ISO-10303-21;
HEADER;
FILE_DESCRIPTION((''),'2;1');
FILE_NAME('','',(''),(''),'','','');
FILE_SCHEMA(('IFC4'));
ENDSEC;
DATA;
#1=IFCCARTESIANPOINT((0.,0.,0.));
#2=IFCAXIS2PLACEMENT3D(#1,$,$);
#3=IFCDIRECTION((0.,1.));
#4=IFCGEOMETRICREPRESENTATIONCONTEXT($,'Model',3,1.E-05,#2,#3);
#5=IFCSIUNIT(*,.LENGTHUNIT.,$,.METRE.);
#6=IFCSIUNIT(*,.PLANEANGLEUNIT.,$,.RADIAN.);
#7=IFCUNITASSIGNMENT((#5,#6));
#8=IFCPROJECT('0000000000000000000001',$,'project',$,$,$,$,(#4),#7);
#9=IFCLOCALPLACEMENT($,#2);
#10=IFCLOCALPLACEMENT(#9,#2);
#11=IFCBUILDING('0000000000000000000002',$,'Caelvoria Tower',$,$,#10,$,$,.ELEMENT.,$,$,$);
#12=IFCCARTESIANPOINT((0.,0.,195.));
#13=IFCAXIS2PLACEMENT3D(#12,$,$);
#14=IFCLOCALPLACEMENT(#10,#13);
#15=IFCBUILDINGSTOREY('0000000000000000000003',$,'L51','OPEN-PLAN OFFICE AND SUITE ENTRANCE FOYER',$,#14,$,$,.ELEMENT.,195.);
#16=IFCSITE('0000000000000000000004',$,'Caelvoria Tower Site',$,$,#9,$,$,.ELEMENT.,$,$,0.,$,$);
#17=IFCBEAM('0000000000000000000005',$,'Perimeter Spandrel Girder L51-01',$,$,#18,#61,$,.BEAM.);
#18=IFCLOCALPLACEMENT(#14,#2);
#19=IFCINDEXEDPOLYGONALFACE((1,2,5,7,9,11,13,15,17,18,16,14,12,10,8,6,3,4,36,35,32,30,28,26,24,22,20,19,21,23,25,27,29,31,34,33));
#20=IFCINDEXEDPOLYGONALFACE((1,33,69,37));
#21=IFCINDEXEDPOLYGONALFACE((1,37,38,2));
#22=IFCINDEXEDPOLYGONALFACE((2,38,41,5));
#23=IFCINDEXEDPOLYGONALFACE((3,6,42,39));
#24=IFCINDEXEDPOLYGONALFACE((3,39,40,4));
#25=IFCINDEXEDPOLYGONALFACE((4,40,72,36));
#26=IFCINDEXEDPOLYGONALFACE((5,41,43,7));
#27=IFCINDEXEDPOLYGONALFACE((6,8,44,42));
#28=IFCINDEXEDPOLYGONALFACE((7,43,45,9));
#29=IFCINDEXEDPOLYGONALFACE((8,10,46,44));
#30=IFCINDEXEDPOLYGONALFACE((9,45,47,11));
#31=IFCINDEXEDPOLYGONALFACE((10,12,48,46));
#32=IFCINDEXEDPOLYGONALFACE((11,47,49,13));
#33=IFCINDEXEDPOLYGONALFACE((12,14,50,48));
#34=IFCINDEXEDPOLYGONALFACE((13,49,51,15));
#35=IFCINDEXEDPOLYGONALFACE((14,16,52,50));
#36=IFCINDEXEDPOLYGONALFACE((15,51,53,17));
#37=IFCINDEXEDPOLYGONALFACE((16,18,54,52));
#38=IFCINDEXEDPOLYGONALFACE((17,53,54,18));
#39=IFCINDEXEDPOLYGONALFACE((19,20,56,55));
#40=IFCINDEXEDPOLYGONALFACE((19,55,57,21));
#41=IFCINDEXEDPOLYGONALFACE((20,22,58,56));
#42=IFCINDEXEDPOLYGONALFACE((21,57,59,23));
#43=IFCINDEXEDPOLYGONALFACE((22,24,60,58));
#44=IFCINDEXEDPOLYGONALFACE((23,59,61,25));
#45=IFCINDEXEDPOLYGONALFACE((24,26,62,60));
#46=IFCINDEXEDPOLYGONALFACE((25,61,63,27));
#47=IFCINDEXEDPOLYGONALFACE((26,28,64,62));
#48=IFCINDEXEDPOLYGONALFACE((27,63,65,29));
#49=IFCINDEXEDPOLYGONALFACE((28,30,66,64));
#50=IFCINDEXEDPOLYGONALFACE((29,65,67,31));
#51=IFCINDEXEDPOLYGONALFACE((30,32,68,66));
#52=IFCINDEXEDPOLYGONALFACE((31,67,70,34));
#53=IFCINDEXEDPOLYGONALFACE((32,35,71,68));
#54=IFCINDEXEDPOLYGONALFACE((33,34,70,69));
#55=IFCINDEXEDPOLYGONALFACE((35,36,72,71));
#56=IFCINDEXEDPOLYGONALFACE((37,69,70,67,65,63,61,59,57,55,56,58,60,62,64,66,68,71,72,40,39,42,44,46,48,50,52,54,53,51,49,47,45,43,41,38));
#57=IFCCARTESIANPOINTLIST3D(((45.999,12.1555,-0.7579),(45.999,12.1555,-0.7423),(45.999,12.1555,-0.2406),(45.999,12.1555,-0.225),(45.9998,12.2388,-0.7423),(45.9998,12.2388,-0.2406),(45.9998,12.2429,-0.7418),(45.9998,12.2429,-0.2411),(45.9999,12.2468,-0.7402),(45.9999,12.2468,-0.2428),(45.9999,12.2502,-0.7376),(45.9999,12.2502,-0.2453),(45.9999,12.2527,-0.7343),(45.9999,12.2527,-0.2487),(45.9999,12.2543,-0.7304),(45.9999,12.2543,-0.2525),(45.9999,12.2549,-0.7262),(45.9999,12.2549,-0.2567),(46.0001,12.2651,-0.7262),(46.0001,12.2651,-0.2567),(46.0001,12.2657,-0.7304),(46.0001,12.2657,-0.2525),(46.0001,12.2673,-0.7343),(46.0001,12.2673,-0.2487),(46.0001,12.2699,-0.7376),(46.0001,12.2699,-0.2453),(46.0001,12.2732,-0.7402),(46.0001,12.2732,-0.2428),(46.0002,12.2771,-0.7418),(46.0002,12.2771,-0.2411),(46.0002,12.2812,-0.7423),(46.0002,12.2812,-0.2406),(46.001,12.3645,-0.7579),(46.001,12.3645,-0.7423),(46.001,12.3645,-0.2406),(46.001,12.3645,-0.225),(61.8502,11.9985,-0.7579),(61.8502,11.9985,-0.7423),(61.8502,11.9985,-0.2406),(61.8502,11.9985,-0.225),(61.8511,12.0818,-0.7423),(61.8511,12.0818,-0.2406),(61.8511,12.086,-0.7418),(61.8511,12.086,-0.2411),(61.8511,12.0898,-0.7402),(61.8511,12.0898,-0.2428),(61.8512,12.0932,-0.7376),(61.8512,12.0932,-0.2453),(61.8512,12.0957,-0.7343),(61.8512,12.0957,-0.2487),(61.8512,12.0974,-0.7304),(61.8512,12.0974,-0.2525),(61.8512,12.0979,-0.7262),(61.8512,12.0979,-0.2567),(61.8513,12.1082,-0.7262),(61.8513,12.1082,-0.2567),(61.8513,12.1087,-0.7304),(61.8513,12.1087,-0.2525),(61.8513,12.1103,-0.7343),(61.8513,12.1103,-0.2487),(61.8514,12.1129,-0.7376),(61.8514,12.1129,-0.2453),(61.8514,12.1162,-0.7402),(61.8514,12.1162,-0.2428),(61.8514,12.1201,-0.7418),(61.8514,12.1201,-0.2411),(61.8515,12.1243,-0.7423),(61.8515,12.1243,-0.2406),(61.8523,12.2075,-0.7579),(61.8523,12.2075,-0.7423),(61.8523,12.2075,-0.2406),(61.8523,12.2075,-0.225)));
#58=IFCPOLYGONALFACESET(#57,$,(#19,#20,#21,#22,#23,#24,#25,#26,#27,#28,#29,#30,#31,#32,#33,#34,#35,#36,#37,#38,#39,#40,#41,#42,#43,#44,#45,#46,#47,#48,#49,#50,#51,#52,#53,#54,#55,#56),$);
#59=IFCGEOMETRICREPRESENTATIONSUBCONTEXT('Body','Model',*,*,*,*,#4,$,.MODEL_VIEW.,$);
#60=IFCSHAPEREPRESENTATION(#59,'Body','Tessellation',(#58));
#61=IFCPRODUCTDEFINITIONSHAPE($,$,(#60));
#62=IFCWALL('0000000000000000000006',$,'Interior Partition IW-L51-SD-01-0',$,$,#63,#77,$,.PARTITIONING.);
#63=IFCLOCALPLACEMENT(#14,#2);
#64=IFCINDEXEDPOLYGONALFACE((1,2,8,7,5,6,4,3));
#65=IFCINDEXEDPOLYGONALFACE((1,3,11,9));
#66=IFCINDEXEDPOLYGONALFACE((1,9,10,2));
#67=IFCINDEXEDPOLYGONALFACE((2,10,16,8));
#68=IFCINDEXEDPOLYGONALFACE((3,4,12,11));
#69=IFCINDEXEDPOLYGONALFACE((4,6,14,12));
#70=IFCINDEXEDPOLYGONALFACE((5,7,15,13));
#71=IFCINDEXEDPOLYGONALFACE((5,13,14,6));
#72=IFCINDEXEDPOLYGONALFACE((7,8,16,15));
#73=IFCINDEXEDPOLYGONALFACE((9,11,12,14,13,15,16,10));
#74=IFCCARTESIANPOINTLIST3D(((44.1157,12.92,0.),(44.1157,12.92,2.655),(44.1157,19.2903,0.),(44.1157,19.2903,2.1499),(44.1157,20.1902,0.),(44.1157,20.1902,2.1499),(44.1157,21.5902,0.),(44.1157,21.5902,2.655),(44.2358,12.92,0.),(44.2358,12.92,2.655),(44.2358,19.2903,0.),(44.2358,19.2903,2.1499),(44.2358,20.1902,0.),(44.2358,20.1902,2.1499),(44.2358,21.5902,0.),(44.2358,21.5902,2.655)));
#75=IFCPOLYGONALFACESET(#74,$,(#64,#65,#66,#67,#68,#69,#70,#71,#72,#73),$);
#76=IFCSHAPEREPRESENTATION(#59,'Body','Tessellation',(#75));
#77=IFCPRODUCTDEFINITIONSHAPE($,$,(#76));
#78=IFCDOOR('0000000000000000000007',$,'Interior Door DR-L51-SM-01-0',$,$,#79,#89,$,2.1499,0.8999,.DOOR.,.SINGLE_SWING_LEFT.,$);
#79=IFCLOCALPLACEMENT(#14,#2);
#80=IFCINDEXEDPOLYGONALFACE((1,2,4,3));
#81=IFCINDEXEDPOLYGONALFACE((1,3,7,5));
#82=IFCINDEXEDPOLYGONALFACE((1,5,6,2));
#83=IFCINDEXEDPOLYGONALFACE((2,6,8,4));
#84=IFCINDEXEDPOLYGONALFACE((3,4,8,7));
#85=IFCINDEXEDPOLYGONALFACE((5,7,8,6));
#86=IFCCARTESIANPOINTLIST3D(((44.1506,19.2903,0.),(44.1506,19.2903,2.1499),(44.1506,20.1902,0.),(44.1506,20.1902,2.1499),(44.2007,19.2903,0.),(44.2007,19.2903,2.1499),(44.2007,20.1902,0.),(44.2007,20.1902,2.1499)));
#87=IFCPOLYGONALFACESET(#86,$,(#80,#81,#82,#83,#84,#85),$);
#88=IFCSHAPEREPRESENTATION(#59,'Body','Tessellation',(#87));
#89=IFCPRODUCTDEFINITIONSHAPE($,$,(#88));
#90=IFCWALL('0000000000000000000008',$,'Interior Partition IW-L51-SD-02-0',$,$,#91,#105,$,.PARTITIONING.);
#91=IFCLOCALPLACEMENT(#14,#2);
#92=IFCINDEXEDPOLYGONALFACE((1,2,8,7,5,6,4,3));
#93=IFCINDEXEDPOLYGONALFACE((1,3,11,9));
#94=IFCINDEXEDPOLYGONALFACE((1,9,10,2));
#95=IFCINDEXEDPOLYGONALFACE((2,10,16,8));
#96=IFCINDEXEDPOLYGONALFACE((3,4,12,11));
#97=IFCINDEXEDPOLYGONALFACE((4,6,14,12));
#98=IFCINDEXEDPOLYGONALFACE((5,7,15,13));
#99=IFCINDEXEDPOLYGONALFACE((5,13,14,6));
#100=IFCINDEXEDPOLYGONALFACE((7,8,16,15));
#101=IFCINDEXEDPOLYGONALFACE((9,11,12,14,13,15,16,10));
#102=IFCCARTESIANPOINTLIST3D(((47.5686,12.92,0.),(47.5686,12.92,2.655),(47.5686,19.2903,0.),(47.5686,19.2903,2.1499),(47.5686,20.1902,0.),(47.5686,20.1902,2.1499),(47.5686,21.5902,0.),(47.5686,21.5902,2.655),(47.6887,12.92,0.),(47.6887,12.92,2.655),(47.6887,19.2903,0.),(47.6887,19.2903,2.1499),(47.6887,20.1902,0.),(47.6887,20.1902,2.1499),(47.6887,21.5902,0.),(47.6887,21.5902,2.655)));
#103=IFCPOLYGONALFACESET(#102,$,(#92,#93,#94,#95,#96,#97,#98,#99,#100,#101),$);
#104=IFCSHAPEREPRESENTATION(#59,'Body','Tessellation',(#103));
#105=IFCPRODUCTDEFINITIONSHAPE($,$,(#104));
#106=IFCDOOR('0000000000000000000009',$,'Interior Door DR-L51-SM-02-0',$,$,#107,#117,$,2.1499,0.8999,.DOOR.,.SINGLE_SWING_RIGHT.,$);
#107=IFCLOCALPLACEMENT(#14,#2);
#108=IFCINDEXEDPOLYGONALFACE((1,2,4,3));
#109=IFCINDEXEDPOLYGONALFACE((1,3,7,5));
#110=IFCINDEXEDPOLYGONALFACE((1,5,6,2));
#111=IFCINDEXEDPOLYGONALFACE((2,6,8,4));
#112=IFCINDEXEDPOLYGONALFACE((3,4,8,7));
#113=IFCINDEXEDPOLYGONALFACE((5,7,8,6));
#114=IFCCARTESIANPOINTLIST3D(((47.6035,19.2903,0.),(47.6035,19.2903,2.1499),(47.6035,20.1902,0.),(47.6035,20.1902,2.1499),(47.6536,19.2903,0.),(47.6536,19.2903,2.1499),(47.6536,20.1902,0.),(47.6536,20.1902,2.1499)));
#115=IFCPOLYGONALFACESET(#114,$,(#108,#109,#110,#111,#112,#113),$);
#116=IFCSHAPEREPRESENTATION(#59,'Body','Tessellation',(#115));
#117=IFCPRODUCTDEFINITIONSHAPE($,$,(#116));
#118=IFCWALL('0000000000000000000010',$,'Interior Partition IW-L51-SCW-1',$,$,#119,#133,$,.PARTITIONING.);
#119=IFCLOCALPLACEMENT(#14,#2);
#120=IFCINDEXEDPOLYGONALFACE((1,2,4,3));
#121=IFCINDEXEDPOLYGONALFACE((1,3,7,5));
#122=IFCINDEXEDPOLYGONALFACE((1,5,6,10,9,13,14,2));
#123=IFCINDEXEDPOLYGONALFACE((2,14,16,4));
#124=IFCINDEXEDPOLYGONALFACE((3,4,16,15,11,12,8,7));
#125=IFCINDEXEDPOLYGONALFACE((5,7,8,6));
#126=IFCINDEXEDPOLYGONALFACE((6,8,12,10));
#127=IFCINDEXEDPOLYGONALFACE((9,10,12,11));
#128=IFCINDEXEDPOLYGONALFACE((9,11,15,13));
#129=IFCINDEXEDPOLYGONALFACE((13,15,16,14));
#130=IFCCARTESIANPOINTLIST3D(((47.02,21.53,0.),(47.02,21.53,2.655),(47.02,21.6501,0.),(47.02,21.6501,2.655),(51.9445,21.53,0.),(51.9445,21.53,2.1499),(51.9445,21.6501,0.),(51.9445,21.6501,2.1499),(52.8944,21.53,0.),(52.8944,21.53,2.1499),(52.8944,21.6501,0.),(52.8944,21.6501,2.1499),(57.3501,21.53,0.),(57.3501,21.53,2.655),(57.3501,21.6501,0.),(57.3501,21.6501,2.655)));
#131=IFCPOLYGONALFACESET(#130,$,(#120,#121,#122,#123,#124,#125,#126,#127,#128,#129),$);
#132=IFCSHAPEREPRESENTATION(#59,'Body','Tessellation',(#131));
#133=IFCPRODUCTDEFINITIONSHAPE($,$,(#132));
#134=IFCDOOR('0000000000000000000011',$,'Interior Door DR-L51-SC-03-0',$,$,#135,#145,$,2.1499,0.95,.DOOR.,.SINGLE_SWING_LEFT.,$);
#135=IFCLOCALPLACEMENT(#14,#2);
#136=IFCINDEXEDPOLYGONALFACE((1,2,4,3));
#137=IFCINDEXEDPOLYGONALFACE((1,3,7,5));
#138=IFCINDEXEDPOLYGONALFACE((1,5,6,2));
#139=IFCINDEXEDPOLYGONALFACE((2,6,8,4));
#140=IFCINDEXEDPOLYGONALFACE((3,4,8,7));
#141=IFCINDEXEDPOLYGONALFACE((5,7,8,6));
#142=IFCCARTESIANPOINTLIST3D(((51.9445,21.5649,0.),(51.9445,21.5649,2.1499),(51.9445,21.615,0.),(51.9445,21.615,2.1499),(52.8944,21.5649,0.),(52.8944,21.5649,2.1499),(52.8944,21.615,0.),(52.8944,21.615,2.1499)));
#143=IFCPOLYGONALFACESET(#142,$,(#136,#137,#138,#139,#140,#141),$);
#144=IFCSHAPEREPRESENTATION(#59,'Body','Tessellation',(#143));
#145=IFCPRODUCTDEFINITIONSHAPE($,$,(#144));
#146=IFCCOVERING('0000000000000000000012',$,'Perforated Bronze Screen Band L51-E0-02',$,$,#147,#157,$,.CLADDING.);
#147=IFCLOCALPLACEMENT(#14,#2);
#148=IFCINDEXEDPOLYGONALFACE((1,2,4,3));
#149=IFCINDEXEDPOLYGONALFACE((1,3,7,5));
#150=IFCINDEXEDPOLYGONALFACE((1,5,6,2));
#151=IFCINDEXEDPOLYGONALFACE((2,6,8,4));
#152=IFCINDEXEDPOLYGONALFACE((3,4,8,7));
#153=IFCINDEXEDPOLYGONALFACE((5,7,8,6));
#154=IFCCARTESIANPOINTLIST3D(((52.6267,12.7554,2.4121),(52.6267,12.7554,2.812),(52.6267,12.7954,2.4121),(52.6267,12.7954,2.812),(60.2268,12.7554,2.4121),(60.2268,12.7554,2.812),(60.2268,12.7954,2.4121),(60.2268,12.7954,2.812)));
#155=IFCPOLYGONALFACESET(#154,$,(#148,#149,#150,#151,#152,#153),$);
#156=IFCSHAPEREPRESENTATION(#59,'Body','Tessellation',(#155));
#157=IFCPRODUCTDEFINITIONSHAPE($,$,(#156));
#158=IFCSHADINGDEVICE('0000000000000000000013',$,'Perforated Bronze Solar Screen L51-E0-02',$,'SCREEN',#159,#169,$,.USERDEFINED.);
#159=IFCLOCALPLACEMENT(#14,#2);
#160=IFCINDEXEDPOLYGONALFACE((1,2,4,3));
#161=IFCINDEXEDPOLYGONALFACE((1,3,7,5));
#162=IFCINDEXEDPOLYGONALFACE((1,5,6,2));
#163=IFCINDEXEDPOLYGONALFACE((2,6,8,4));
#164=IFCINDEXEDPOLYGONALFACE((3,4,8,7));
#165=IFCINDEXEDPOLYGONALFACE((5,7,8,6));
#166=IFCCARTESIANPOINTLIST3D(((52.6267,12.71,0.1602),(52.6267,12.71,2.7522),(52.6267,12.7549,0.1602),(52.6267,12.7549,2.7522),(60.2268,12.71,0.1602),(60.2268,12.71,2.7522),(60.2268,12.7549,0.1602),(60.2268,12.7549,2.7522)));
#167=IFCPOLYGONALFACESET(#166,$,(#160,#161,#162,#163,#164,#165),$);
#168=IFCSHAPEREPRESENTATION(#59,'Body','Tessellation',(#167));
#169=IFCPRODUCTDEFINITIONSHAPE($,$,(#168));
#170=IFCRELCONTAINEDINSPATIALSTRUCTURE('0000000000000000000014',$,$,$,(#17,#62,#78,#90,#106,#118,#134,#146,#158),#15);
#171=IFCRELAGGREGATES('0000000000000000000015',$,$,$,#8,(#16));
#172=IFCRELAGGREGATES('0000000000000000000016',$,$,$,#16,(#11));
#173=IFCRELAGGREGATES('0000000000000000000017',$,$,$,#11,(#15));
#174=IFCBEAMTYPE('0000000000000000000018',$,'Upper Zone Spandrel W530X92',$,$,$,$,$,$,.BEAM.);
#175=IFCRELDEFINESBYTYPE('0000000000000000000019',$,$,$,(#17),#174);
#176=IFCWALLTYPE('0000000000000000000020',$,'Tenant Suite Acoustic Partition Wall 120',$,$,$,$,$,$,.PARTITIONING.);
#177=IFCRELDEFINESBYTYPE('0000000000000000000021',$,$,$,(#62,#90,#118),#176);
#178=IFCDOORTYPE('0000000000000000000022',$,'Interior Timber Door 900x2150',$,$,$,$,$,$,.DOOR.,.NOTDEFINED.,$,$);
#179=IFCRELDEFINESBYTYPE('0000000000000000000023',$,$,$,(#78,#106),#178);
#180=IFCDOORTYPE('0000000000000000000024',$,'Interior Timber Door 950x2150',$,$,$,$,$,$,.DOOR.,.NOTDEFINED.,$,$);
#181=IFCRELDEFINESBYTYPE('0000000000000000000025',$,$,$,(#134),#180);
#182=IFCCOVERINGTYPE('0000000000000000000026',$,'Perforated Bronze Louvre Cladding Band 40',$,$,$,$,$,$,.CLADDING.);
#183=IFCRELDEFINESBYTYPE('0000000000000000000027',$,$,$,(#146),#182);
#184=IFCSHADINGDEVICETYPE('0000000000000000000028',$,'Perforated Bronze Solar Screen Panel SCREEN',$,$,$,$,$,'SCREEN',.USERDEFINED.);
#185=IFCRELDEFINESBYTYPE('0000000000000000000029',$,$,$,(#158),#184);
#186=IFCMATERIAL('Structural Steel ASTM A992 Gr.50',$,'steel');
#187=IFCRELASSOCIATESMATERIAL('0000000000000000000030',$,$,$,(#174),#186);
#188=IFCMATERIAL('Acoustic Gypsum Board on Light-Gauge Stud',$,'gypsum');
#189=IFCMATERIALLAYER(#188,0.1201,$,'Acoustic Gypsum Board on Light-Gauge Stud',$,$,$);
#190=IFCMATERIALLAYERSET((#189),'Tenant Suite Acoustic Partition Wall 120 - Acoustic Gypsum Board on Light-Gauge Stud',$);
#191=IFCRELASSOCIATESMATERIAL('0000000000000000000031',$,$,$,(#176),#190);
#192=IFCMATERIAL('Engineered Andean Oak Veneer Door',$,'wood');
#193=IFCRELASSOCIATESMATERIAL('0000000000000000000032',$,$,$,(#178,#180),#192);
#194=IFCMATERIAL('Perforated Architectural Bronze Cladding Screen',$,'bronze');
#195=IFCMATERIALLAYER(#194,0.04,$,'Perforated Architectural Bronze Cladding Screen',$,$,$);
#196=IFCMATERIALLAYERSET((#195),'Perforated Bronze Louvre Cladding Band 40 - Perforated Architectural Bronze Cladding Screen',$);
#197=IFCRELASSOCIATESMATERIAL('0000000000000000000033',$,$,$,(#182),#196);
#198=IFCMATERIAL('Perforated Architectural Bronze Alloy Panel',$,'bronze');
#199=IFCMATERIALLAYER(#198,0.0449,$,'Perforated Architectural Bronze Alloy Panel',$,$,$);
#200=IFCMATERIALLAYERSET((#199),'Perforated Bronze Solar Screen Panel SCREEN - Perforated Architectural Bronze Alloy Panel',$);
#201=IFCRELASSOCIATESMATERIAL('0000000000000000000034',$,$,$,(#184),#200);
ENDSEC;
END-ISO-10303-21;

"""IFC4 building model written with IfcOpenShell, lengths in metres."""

from ifc_helpers import new_model, si_unit, direction, frame, frame_2d, origin, origin_2d, place, context, subcontext, project, spatial, rectangle, i_section, extrude, material, layer, layer_set, material_profile, profile_set, type_object, element, fill, save


model = new_model("IFC4")

# Units and contexts
model_context = context("Model", 3, precision=1e-05, world=origin(), true_north=direction((0.0, 1.0)))
body_context = subcontext(model_context, "Body", "Model", "MODEL_VIEW")
ifc_project = project(units=[si_unit("LENGTHUNIT", "METRE"), si_unit("PLANEANGLEUNIT", "RADIAN")], contexts=[model_context])

# Site, building, storey
site_placement = place(None, origin())
site = spatial("IfcSite", under=ifc_project, at=site_placement, Name="Caelvoria Tower Site", CompositionType="ELEMENT", RefElevation=0.0)
building_placement = place(site_placement, origin())
building = spatial("IfcBuilding", under=site, at=building_placement, Name="Caelvoria Tower", CompositionType="ELEMENT")
storey_placement = place(building_placement, frame((0.0, 0.0, 195.0)))
storey = spatial("IfcBuildingStorey", under=building, at=storey_placement, Name="L51", Description="OPEN-PLAN OFFICE AND SUITE ENTRANCE FOYER", CompositionType="ELEMENT", Elevation=195.0)

# Shared definitions
ifc_material_1 = material(Name="Structural Steel ASTM A992 Gr.50", Category="steel")

# Beam
ifc_material_profile_1 = material_profile(ifc_material_1, i_section(OverallWidth=0.209, OverallDepth=0.533, WebThickness=0.0103, FlangeThickness=0.0156, FilletRadius=0.0161, at=origin_2d()), Name="Structural Steel ASTM A992 Gr.50")
ifc_profile_set_1 = profile_set([ifc_material_profile_1], Name="W530X92 - Structural Steel ASTM A992 Gr.50")
beam_type_1 = type_object("IfcBeamType", Name="Upper Zone Spandrel W530X92", PredefinedType="BEAM", material=ifc_profile_set_1)
beam_1_placement = place(storey_placement, frame((46.0, 12.26, -0.4915), z_axis=(0.999951, -0.009903, 0.0), x_axis=(0.009903, 0.999951, 0.0)))
element("IfcBeam", 1, at=beam_1_placement, inside=storey, type_object=beam_type_1, Name="Perimeter Spandrel Girder L51-01", PredefinedType="BEAM", context=body_context, shape_type="SweptSolid", body=[
    extrude(i_section(OverallWidth=0.209, OverallDepth=0.533, WebThickness=0.0103, FlangeThickness=0.0156, FilletRadius=0.0161, at=origin_2d()), origin(), (0.0, 0.0, 1.0), 15.8521),
])

# Walls, openings, doors
ifc_material_2 = material(Name="Acoustic Gypsum Board on Light-Gauge Stud", Category="gypsum")
ifc_layer_1 = layer(ifc_material_2, 0.1201, Name="Acoustic Gypsum Board on Light-Gauge Stud")
ifc_layer_set_1 = layer_set([ifc_layer_1], Name="Tenant Suite Acoustic Partition Wall 120 - Acoustic Gypsum Board on Light-Gauge Stud")
wall_type = type_object("IfcWallType", Name="Tenant Suite Acoustic Partition Wall 120", PredefinedType="PARTITIONING", material=ifc_layer_set_1)
wall_1_placement = place(storey_placement, frame((44.1758, 21.5901, 0.0), z_axis=(0.0, 0.0, 1.0), x_axis=(0.0, -1.0, 0.0)))
wall_1 = element("IfcWall", 2, at=wall_1_placement, inside=storey, type_object=wall_type, Name="Interior Partition IW-L51-SD-01-0", PredefinedType="PARTITIONING", context=body_context, shape_type="SweptSolid", body=[
    extrude(rectangle(XDim=8.6702, YDim=0.1201, at=frame_2d((4.335, 0.0))), origin(), (0.0, 0.0, 1.0), 2.655),
])
opening_1_placement = place(wall_1_placement, frame((1.3999, 0.0, 0.0)))
opening_1 = element("IfcOpeningElement", 3, at=opening_1_placement, cuts=wall_1, PredefinedType="OPENING", context=body_context, shape_type="SweptSolid", body=[
    extrude(rectangle(XDim=0.8999, YDim=2.1499, at=frame_2d((0.45, 1.075))), frame((0.0, 0.0701, 0.0), z_axis=(0.0, -1.0, 0.0), x_axis=(1.0, 0.0, 0.0)), (0.0, 0.0, 1.0), 0.1401),
])
ifc_material_3 = material(Name="Engineered Andean Oak Veneer Door", Category="wood")
door_type_1 = type_object("IfcDoorType", Name="Interior Timber Door 900x2150", OperationType="NOTDEFINED", PredefinedType="DOOR", material=ifc_material_3)
door_1_placement = place(opening_1_placement, origin())
door_1 = element("IfcDoor", 4, at=door_1_placement, inside=storey, type_object=door_type_1, Name="Interior Door DR-L51-SM-01-0", OperationType="SINGLE_SWING_LEFT", OverallHeight=2.1499, OverallWidth=0.8999, PredefinedType="DOOR", context=body_context, shape_type="SweptSolid", body=[
    extrude(rectangle(XDim=0.8999, YDim=2.1499, at=frame_2d((0.45, 1.075))), frame((0.0, 0.0249, 0.0), z_axis=(0.0, -1.0, 0.0), x_axis=(1.0, 0.0, 0.0)), (0.0, 0.0, 1.0), 0.05),
])
fill(opening_1, door_1)
wall_2_placement = place(storey_placement, frame((47.6287, 21.5901, 0.0), z_axis=(0.0, 0.0, 1.0), x_axis=(0.0, -1.0, 0.0)))
wall_2 = element("IfcWall", 5, at=wall_2_placement, inside=storey, type_object=wall_type, Name="Interior Partition IW-L51-SD-02-0", PredefinedType="PARTITIONING", context=body_context, shape_type="SweptSolid", body=[
    extrude(rectangle(XDim=8.6702, YDim=0.1201, at=frame_2d((4.335, 0.0))), origin(), (0.0, 0.0, 1.0), 2.655),
])
opening_2_placement = place(wall_2_placement, frame((1.3999, 0.0, 0.0)))
opening_2 = element("IfcOpeningElement", 6, at=opening_2_placement, cuts=wall_2, PredefinedType="OPENING", context=body_context, shape_type="SweptSolid", body=[
    extrude(rectangle(XDim=0.8999, YDim=2.1499, at=frame_2d((0.45, 1.075))), frame((0.0, 0.0701, 0.0), z_axis=(0.0, -1.0, 0.0), x_axis=(1.0, 0.0, 0.0)), (0.0, 0.0, 1.0), 0.1401),
])
door_2_placement = place(opening_2_placement, origin())
door_2 = element("IfcDoor", 7, at=door_2_placement, inside=storey, type_object=door_type_1, Name="Interior Door DR-L51-SM-02-0", OperationType="SINGLE_SWING_RIGHT", OverallHeight=2.1499, OverallWidth=0.8999, PredefinedType="DOOR", context=body_context, shape_type="SweptSolid", body=[
    extrude(rectangle(XDim=0.8999, YDim=2.1499, at=frame_2d((0.45, 1.075))), frame((0.0, 0.0249, 0.0), z_axis=(0.0, -1.0, 0.0), x_axis=(1.0, 0.0, 0.0)), (0.0, 0.0, 1.0), 0.05),
])
fill(opening_2, door_2)
wall_3_placement = place(storey_placement, frame((47.02, 21.5901, 0.0), z_axis=(0.0, 0.0, 1.0), x_axis=(1.0, 0.0, 0.0)))
wall_3 = element("IfcWall", 8, at=wall_3_placement, inside=storey, type_object=wall_type, Name="Interior Partition IW-L51-SCW-1", PredefinedType="PARTITIONING", context=body_context, shape_type="SweptSolid", body=[
    extrude(rectangle(XDim=10.3301, YDim=0.1201, at=frame_2d((5.165, 0.0))), origin(), (0.0, 0.0, 1.0), 2.655),
])
opening_3_placement = place(wall_3_placement, frame((4.9243, 0.0, 0.0)))
opening_3 = element("IfcOpeningElement", 9, at=opening_3_placement, cuts=wall_3, PredefinedType="OPENING", context=body_context, shape_type="SweptSolid", body=[
    extrude(rectangle(XDim=0.95, YDim=2.1499, at=frame_2d((0.4751, 1.075))), frame((0.0, 0.0701, 0.0), z_axis=(0.0, -1.0, 0.0), x_axis=(1.0, 0.0, 0.0)), (0.0, 0.0, 1.0), 0.1401),
])
door_type_2 = type_object("IfcDoorType", Name="Interior Timber Door 950x2150", OperationType="NOTDEFINED", PredefinedType="DOOR", material=ifc_material_3)
door_3_placement = place(opening_3_placement, origin())
door_3 = element("IfcDoor", 10, at=door_3_placement, inside=storey, type_object=door_type_2, Name="Interior Door DR-L51-SC-03-0", OperationType="SINGLE_SWING_LEFT", OverallHeight=2.1499, OverallWidth=0.95, PredefinedType="DOOR", context=body_context, shape_type="SweptSolid", body=[
    extrude(rectangle(XDim=0.95, YDim=2.1499, at=frame_2d((0.4751, 1.075))), frame((0.0, 0.0249, 0.0), z_axis=(0.0, -1.0, 0.0), x_axis=(1.0, 0.0, 0.0)), (0.0, 0.0, 1.0), 0.05),
])
fill(opening_3, door_3)

# Covering
ifc_material_4 = material(Name="Perforated Architectural Bronze Cladding Screen", Category="bronze")
ifc_layer_2 = layer(ifc_material_4, 0.04, Name="Perforated Architectural Bronze Cladding Screen")
ifc_layer_set_2 = layer_set([ifc_layer_2], Name="Perforated Bronze Louvre Cladding Band 40 - Perforated Architectural Bronze Cladding Screen")
covering_type = type_object("IfcCoveringType", Name="Perforated Bronze Louvre Cladding Band 40", PredefinedType="CLADDING", material=ifc_layer_set_2)
covering_placement = place(storey_placement, frame((56.4268, 12.7754, 2.4121), z_axis=(0.0, 0.0, 1.0), x_axis=(1.0, 0.0, 0.0)))
element("IfcCovering", 11, at=covering_placement, inside=storey, type_object=covering_type, Name="Perforated Bronze Screen Band L51-E0-02", PredefinedType="CLADDING", context=body_context, shape_type="SweptSolid", body=[
    extrude(rectangle(XDim=7.6001, YDim=0.04, at=origin_2d()), origin(), (0.0, 0.0, 1.0), 0.3999),
])

# Shading device
ifc_material_5 = material(Name="Perforated Architectural Bronze Alloy Panel", Category="bronze")
ifc_layer_3 = layer(ifc_material_5, 0.0449, Name="Perforated Architectural Bronze Alloy Panel")
ifc_layer_set_3 = layer_set([ifc_layer_3], Name="Perforated Bronze Solar Screen Panel SCREEN - Perforated Architectural Bronze Alloy Panel")
shading_device_type = type_object("IfcShadingDeviceType", Name="Perforated Bronze Solar Screen Panel SCREEN", ElementType="SCREEN", PredefinedType="USERDEFINED", material=ifc_layer_set_3)
shading_device_placement = place(storey_placement, frame((56.4268, 12.7324, 0.1602), z_axis=(0.0, 0.0, 1.0), x_axis=(1.0, 0.0, 0.0)))
element("IfcShadingDevice", 12, at=shading_device_placement, inside=storey, type_object=shading_device_type, Name="Perforated Bronze Solar Screen L51-E0-02", ObjectType="SCREEN", PredefinedType="USERDEFINED", context=body_context, shape_type="SweptSolid", body=[
    extrude(rectangle(XDim=7.6001, YDim=0.0449, at=origin_2d()), origin(), (0.0, 0.0, 1.0), 2.592),
])

save(model, "model.ifc")
